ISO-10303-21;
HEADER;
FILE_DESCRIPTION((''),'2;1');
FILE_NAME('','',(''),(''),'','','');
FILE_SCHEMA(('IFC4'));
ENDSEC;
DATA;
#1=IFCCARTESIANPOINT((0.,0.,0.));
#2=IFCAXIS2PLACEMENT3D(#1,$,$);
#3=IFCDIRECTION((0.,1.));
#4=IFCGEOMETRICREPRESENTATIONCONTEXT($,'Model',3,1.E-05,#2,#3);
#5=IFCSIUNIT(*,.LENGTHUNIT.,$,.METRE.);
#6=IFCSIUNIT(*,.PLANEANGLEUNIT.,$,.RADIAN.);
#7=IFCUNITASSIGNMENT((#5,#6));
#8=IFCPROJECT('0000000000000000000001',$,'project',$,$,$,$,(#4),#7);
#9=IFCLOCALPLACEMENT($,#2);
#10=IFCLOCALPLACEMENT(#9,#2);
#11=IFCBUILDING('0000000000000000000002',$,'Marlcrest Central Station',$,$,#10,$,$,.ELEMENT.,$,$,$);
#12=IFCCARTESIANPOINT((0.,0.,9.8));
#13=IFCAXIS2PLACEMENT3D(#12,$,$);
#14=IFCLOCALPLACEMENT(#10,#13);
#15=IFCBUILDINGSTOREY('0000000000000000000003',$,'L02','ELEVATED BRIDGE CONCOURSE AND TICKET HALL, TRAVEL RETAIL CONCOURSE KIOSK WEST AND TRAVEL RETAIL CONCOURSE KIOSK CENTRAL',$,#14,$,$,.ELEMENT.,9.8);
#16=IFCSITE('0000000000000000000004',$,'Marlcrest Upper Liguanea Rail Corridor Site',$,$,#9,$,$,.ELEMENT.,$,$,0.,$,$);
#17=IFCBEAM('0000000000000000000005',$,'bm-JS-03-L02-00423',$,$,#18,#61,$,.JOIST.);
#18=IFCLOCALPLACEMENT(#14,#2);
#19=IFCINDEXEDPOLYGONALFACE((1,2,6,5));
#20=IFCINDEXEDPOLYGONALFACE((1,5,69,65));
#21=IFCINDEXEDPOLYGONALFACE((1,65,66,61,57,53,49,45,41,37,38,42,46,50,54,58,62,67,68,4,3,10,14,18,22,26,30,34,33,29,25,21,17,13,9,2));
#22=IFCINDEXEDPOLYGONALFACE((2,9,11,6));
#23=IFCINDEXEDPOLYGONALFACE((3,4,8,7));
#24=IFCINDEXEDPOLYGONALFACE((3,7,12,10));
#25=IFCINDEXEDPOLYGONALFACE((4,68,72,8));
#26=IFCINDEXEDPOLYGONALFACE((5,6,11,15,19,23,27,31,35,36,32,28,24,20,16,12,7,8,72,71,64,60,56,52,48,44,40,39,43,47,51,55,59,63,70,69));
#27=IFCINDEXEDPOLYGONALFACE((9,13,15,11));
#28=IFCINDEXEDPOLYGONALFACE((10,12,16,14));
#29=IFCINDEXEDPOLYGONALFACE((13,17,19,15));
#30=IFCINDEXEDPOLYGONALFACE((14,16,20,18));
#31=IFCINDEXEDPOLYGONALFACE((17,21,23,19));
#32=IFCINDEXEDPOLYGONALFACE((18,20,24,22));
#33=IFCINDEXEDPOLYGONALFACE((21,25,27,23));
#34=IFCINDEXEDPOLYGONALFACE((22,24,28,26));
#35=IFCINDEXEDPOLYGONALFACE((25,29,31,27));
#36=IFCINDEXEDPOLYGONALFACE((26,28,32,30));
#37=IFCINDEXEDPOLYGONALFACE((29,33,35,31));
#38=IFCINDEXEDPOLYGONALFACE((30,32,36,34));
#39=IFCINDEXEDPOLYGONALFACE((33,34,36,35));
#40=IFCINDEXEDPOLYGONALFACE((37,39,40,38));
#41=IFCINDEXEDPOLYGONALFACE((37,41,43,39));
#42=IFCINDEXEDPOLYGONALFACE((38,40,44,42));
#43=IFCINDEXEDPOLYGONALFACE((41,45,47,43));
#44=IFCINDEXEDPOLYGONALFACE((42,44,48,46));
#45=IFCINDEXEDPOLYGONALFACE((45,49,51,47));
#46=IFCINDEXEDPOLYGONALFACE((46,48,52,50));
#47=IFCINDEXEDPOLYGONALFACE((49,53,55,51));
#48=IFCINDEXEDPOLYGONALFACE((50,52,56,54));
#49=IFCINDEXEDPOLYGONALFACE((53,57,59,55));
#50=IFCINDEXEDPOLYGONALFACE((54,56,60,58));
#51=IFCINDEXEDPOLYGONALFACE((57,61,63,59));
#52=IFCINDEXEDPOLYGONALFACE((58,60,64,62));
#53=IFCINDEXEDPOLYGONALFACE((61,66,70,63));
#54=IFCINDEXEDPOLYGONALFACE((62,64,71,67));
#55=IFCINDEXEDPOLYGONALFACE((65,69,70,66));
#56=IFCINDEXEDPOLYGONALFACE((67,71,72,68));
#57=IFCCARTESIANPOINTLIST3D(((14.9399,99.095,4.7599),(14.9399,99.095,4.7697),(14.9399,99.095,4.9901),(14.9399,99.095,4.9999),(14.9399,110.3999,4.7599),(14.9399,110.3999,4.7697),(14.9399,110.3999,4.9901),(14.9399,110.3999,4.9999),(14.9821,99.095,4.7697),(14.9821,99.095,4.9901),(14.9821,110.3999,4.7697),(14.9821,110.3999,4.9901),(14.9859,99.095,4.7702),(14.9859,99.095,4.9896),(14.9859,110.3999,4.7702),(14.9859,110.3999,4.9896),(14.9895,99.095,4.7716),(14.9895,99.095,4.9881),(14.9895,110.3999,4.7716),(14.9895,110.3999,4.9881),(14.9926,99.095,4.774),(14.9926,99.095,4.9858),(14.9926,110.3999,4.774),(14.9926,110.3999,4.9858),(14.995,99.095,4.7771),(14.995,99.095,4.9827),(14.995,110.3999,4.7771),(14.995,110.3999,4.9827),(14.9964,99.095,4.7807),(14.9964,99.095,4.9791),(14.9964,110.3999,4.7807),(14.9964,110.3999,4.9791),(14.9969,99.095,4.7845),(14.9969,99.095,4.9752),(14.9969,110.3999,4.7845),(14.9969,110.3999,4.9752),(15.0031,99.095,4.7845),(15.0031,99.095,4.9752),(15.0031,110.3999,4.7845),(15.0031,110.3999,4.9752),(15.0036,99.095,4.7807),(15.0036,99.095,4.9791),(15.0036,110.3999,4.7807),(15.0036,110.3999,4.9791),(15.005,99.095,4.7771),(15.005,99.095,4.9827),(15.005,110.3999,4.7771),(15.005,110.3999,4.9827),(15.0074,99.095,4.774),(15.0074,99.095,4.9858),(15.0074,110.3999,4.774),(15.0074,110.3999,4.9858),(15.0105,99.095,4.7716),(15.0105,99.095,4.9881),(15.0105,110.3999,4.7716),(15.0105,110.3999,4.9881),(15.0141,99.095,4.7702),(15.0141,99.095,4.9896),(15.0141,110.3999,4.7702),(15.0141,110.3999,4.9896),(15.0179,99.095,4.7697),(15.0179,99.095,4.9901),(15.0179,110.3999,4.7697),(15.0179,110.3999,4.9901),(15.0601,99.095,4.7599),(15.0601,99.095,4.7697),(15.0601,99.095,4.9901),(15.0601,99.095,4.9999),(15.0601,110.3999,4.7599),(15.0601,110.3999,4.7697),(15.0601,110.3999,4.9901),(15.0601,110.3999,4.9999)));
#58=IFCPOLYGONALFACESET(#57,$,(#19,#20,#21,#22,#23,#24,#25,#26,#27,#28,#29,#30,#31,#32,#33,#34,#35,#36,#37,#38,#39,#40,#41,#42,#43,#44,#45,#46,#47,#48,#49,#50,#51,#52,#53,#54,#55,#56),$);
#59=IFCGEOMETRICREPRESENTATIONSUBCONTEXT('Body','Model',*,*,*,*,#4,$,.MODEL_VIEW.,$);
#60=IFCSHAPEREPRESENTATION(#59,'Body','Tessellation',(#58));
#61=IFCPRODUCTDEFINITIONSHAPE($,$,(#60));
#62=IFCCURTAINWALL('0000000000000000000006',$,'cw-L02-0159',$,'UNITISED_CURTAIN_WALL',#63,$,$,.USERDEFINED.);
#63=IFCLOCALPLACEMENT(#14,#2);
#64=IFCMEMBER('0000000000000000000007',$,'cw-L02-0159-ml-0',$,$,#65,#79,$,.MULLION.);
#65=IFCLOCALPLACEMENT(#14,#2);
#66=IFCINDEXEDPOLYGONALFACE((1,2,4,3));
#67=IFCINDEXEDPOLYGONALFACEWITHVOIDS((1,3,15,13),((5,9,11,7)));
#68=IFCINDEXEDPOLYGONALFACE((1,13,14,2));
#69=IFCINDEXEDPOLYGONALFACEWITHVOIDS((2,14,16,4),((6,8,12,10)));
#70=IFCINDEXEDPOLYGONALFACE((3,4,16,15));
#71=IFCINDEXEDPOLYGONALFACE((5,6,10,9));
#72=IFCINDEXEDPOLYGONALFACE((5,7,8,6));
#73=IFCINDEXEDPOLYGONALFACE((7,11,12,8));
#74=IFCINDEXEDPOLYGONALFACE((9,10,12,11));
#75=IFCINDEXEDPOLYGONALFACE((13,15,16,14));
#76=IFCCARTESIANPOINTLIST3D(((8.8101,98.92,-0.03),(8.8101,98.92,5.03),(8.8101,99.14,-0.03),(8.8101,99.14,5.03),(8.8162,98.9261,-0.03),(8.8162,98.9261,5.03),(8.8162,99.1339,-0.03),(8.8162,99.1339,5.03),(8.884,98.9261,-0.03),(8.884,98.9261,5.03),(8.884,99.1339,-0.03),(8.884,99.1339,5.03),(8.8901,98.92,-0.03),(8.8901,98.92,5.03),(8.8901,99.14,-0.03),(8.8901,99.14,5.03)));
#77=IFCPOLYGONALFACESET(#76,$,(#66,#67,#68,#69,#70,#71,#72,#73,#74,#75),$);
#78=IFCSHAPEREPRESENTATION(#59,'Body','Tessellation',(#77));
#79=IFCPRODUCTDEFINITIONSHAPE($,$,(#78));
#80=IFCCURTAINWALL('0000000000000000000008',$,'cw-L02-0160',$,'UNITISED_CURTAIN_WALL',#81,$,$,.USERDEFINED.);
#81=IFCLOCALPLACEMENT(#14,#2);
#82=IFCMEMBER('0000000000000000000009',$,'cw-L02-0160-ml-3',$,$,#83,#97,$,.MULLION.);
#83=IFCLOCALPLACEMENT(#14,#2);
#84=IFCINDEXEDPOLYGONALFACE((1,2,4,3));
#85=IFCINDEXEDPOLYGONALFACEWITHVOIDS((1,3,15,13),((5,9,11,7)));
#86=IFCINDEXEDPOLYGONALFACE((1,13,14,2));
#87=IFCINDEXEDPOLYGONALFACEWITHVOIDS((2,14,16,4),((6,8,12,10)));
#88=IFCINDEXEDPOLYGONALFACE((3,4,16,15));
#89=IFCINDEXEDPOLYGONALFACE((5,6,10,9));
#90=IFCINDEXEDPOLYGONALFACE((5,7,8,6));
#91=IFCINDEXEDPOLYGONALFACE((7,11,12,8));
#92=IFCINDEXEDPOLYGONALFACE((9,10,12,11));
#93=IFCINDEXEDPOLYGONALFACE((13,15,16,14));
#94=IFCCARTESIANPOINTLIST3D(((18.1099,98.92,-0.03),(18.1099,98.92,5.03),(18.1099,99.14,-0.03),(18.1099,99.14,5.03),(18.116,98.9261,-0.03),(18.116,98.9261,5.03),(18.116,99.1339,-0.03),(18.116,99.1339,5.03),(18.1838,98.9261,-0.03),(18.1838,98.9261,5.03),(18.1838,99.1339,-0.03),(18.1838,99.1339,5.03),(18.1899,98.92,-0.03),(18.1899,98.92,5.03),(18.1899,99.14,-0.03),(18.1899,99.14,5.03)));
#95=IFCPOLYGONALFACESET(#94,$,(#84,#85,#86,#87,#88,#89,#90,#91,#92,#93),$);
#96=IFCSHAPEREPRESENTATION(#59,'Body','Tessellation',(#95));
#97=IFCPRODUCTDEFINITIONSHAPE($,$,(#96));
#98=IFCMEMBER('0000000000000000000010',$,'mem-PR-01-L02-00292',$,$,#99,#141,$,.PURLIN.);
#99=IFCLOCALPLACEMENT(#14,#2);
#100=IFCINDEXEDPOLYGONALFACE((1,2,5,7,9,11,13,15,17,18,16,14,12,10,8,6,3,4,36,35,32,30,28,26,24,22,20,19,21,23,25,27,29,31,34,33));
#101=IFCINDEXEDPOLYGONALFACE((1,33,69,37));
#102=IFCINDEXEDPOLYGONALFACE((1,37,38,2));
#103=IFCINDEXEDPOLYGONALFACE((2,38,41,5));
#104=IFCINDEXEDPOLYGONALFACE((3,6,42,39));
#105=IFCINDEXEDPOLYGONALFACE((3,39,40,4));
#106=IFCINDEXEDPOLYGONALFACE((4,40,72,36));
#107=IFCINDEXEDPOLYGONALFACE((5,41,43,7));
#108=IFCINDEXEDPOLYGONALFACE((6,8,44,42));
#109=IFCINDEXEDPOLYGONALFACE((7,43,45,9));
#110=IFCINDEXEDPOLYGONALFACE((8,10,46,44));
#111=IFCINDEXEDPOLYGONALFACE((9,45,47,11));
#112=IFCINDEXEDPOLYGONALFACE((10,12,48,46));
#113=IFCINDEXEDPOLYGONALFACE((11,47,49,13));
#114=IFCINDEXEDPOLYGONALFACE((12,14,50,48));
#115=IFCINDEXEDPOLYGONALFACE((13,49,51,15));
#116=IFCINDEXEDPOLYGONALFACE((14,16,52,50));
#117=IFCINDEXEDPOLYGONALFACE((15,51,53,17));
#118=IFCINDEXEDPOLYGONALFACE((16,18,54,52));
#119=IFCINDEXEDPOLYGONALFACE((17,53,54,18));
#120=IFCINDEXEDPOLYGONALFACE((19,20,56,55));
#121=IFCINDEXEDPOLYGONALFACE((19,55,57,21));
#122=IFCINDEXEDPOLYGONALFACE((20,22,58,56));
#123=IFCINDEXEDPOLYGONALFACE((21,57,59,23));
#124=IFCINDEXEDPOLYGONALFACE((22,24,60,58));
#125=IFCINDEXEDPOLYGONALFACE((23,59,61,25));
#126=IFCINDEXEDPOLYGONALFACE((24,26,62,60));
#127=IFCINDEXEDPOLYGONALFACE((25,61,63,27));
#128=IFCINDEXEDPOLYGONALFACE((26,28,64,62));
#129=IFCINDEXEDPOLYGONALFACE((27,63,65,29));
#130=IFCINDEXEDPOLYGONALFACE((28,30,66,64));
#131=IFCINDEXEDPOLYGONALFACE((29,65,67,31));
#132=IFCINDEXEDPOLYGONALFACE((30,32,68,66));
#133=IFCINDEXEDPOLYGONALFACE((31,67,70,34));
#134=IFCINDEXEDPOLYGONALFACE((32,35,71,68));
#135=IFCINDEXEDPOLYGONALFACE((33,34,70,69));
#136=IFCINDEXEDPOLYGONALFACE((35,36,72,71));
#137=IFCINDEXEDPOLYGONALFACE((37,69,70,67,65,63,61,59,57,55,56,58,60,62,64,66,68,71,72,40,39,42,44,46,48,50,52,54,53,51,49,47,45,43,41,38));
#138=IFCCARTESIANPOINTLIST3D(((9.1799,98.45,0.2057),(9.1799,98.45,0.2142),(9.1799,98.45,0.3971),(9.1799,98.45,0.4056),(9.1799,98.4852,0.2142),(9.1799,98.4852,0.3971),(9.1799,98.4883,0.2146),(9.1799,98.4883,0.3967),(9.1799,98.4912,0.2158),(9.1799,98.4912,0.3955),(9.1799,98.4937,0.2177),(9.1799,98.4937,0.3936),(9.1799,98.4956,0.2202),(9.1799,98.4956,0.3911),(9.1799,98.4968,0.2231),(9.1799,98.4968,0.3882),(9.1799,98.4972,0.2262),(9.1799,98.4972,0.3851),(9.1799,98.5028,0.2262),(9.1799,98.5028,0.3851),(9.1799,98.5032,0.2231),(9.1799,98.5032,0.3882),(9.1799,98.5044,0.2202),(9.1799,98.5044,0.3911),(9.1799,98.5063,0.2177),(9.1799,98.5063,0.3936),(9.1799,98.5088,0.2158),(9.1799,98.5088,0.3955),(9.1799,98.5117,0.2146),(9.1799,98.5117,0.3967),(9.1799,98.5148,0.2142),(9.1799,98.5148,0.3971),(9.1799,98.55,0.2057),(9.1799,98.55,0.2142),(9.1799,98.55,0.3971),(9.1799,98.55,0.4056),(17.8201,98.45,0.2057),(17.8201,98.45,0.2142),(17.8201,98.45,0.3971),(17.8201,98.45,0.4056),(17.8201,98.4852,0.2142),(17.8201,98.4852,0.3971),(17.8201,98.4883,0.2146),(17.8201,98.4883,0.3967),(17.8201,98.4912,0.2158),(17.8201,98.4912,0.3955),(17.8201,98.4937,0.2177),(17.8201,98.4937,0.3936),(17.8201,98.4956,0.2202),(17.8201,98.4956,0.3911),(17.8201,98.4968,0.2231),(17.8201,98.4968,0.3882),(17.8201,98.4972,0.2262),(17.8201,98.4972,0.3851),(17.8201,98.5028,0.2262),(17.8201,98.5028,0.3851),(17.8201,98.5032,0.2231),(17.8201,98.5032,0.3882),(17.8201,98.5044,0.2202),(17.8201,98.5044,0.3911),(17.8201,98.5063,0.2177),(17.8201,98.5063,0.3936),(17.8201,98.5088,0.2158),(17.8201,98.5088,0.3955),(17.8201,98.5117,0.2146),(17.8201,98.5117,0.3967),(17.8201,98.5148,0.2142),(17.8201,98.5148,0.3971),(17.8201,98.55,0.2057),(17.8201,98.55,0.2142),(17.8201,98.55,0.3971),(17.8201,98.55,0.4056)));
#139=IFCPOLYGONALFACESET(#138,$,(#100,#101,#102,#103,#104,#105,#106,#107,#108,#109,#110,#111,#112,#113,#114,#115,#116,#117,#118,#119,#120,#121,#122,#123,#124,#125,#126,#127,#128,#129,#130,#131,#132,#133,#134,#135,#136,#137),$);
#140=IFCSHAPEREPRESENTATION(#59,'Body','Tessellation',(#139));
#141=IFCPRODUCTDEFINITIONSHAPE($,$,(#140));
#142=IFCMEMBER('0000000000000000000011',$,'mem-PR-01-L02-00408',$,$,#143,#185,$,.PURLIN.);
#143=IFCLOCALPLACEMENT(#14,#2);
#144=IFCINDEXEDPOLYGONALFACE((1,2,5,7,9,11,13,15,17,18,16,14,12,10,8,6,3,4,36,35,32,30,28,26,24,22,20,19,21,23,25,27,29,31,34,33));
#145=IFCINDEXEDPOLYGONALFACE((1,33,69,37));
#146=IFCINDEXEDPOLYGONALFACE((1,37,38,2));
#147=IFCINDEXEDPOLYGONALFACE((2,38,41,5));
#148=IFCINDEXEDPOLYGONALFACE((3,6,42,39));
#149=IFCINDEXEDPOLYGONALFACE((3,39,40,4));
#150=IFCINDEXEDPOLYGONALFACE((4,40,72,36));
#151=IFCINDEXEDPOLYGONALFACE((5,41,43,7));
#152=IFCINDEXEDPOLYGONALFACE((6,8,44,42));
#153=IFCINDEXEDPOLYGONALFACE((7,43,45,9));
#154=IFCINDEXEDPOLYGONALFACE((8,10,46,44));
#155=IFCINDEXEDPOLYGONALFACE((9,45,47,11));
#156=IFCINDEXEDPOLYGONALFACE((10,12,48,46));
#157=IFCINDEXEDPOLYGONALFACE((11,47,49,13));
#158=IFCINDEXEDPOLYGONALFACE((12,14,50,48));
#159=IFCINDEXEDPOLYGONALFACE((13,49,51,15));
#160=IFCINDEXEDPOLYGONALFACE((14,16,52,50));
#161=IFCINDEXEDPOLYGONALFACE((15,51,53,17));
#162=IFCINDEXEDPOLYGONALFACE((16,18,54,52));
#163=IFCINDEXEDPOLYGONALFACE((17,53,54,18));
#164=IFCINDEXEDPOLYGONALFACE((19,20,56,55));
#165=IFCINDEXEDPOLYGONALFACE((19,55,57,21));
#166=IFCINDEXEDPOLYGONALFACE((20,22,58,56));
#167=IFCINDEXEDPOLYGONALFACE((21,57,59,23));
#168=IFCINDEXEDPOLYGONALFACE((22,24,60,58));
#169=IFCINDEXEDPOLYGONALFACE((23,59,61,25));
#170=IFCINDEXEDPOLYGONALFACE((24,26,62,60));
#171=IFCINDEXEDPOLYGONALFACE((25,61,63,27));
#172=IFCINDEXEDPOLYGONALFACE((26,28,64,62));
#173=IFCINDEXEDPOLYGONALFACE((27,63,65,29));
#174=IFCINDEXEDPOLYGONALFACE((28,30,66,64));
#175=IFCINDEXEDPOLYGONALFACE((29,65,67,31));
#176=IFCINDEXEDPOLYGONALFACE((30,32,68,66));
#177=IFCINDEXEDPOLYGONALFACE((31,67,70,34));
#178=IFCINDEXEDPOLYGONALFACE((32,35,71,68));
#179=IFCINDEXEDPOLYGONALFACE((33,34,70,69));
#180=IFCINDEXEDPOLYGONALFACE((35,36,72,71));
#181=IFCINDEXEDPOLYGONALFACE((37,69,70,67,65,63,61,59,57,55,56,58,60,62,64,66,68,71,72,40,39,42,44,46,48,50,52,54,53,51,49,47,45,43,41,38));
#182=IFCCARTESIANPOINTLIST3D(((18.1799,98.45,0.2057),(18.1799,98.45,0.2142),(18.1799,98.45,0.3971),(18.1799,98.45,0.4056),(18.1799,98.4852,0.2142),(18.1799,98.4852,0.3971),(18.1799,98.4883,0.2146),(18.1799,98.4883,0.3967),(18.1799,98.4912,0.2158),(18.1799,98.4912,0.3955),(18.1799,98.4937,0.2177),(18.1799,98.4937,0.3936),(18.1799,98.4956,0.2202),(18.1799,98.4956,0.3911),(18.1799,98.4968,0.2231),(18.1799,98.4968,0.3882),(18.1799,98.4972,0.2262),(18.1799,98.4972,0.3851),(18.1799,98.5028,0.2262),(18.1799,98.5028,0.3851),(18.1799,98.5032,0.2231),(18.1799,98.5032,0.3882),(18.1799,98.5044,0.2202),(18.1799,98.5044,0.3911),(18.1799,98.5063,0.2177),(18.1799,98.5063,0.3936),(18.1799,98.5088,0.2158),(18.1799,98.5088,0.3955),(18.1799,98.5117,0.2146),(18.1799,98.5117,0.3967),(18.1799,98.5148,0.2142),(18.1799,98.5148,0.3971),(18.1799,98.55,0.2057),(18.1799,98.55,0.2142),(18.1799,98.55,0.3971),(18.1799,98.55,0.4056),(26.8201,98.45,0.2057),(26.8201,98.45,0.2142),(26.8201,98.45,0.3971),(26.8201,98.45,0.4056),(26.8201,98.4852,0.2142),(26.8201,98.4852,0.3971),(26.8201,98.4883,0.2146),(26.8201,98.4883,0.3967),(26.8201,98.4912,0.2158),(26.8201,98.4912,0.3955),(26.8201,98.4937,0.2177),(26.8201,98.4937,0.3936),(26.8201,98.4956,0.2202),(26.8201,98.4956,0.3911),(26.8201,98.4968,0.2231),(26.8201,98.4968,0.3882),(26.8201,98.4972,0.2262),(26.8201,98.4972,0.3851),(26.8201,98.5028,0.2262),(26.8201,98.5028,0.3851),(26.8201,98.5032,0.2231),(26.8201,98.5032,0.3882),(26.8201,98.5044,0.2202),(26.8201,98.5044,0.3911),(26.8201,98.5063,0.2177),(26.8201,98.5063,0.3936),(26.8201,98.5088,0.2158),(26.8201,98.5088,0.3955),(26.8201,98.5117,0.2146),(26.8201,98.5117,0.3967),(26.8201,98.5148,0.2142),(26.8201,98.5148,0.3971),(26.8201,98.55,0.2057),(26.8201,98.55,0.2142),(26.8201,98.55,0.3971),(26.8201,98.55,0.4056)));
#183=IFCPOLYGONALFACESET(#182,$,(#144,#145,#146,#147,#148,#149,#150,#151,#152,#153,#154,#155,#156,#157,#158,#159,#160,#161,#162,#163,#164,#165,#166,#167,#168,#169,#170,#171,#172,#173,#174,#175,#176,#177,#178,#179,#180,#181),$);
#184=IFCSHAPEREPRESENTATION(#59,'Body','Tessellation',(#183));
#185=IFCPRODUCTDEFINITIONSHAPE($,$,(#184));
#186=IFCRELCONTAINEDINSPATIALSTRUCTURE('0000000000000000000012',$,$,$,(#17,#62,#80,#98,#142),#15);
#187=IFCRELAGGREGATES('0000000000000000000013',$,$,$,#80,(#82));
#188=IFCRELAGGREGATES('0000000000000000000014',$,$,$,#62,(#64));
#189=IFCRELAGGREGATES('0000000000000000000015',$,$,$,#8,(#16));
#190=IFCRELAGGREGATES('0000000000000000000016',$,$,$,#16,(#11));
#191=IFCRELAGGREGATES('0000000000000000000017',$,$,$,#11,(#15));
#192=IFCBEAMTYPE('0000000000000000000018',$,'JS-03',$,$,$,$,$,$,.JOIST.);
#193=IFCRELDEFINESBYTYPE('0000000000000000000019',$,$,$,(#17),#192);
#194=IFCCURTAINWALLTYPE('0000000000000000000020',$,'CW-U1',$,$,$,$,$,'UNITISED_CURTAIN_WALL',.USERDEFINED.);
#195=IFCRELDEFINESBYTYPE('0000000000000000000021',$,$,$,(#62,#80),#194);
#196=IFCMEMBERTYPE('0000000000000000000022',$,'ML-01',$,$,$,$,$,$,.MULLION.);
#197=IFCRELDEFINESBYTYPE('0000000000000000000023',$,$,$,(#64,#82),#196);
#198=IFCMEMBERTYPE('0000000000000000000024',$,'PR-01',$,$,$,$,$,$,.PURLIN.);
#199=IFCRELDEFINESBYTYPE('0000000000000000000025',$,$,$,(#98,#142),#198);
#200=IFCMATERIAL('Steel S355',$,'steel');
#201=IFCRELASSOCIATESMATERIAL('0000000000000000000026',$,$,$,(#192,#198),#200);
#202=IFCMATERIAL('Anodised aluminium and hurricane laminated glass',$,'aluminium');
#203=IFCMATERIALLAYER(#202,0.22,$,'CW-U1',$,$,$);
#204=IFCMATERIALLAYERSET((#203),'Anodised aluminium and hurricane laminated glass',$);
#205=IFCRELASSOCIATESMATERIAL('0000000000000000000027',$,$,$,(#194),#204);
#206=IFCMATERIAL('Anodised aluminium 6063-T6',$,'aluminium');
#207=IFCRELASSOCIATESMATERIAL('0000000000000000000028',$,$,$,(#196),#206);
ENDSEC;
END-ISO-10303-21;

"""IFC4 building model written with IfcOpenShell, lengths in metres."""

from ifc_helpers import new_model, si_unit, direction, frame, origin, origin_2d, place, context, subcontext, project, spatial, hollow_rectangle, i_section, extrude, material, layer, layer_set, material_profile, profile_set, type_object, element, aggregate, save


model = new_model("IFC4")

# Units and contexts
model_context = context("Model", 3, precision=1e-05, world=origin(), true_north=direction((0.0, 1.0)))
body_context = subcontext(model_context, "Body", "Model", "MODEL_VIEW")
ifc_project = project(units=[si_unit("LENGTHUNIT", "METRE"), si_unit("PLANEANGLEUNIT", "RADIAN")], contexts=[model_context])

# Site, building, storey
site_placement = place(None, origin())
site = spatial("IfcSite", under=ifc_project, at=site_placement, Name="Marlcrest Upper Liguanea Rail Corridor Site", CompositionType="ELEMENT", RefElevation=0.0)
building_placement = place(site_placement, origin())
building = spatial("IfcBuilding", under=site, at=building_placement, Name="Marlcrest Central Station", CompositionType="ELEMENT")
storey_placement = place(building_placement, frame((0.0, 0.0, 9.8)))
storey = spatial("IfcBuildingStorey", under=building, at=storey_placement, Name="L02", Description="ELEVATED BRIDGE CONCOURSE AND TICKET HALL, TRAVEL RETAIL CONCOURSE KIOSK WEST AND TRAVEL RETAIL CONCOURSE KIOSK CENTRAL", CompositionType="ELEMENT", Elevation=9.8)

# Shared definitions
ifc_material_1 = material(Name="Steel S355", Category="steel")

# Beam
ifc_material_profile_1 = material_profile(ifc_material_1, i_section(OverallWidth=0.1201, OverallDepth=0.24, WebThickness=0.0061, FlangeThickness=0.0098, FilletRadius=0.0149, at=origin_2d()), Name="IPE 240")
ifc_profile_set_1 = profile_set([ifc_material_profile_1], Name="Steel S355")
beam_type_1 = type_object("IfcBeamType", Name="JS-03", PredefinedType="JOIST", material=ifc_profile_set_1)
for number, where, z_axis, x_axis, name in (
    (1, (15.0, 99.095, 4.8799), (0.0, 1.0, 0.0), (-1.0, 0.0, 0.0), "bm-JS-03-L02-00423"),
):
    element("IfcBeam", number, at=place(storey_placement, frame(where, z_axis=z_axis, x_axis=x_axis)), inside=storey, type_object=beam_type_1, Name=name, PredefinedType="JOIST", context=body_context, shape_type="SweptSolid", body=[
        extrude(i_section(OverallWidth=0.1201, OverallDepth=0.24, WebThickness=0.0061, FlangeThickness=0.0098, FilletRadius=0.0149, at=origin_2d()), origin(), (0.0, 0.0, 1.0), 11.3049),
    ])

# Curtain walls, members
ifc_material_2 = material(Name="Anodised aluminium and hurricane laminated glass", Category="aluminium")
ifc_layer_1 = layer(ifc_material_2, 0.22, Name="CW-U1")
ifc_layer_set_1 = layer_set([ifc_layer_1], Name="Anodised aluminium and hurricane laminated glass")
curtain_wall_type = type_object("IfcCurtainWallType", Name="CW-U1", ElementType="UNITISED_CURTAIN_WALL", PredefinedType="USERDEFINED", material=ifc_layer_set_1)
curtain_wall_1_placement = place(storey_placement, origin())
curtain_wall_1 = element("IfcCurtainWall", 2, at=curtain_wall_1_placement, inside=storey, type_object=curtain_wall_type, Name="cw-L02-0159", ObjectType="UNITISED_CURTAIN_WALL", PredefinedType="USERDEFINED")
ifc_material_3 = material(Name="Anodised aluminium 6063-T6", Category="aluminium")
ifc_material_profile_2 = material_profile(ifc_material_3, hollow_rectangle(XDim=0.0801, YDim=0.22, WallThickness=0.0061, at=origin_2d()), Name="AA-RHS 220x80x6")
ifc_profile_set_2 = profile_set([ifc_material_profile_2], Name="Anodised aluminium 6063-T6")
member_type_1 = type_object("IfcMemberType", Name="ML-01", PredefinedType="MULLION", material=ifc_profile_set_2)
member_1_placement = place(storey_placement, frame((8.8501, 99.03, -0.03), z_axis=(0.0, 0.0, 1.0), x_axis=(1.0, 0.0, 0.0)))
member_1 = element("IfcMember", 3, at=member_1_placement, type_object=member_type_1, Name="cw-L02-0159-ml-0", PredefinedType="MULLION", context=body_context, shape_type="SweptSolid", body=[
    extrude(hollow_rectangle(XDim=0.0801, YDim=0.22, WallThickness=0.0061, at=origin_2d()), origin(), (0.0, 0.0, 1.0), 5.0601),
])
curtain_wall_2_placement = place(storey_placement, origin())
curtain_wall_2 = element("IfcCurtainWall", 4, at=curtain_wall_2_placement, inside=storey, type_object=curtain_wall_type, Name="cw-L02-0160", ObjectType="UNITISED_CURTAIN_WALL", PredefinedType="USERDEFINED")
member_2_placement = place(storey_placement, frame((18.1499, 99.03, -0.03), z_axis=(0.0, 0.0, 1.0), x_axis=(1.0, 0.0, 0.0)))
member_2 = element("IfcMember", 5, at=member_2_placement, type_object=member_type_1, Name="cw-L02-0160-ml-3", PredefinedType="MULLION", context=body_context, shape_type="SweptSolid", body=[
    extrude(hollow_rectangle(XDim=0.0801, YDim=0.22, WallThickness=0.0061, at=origin_2d()), origin(), (0.0, 0.0, 1.0), 5.0601),
])
aggregate(curtain_wall_2, [member_2])

# Members
ifc_material_profile_3 = material_profile(ifc_material_1, i_section(OverallWidth=0.1001, OverallDepth=0.2, WebThickness=0.0056, FlangeThickness=0.0085, FilletRadius=0.012, at=origin_2d()), Name="IPE 200")
ifc_profile_set_3 = profile_set([ifc_material_profile_3], Name="Steel S355")
member_type_2 = type_object("IfcMemberType", Name="PR-01", PredefinedType="PURLIN", material=ifc_profile_set_3)
for number, where, z_axis, x_axis, name in (
    (6, (9.1799, 98.5, 0.3057), (1.0, 0.0, 0.0), (0.0, 1.0, 0.0), "mem-PR-01-L02-00292"),
    (7, (18.1799, 98.5, 0.3057), (1.0, 0.0, 0.0), (0.0, 1.0, 0.0), "mem-PR-01-L02-00408"),
):
    element("IfcMember", number, at=place(storey_placement, frame(where, z_axis=z_axis, x_axis=x_axis)), inside=storey, type_object=member_type_2, Name=name, PredefinedType="PURLIN", context=body_context, shape_type="SweptSolid", body=[
        extrude(i_section(OverallWidth=0.1001, OverallDepth=0.2, WebThickness=0.0056, FlangeThickness=0.0085, FilletRadius=0.012, at=origin_2d()), origin(), (0.0, 0.0, 1.0), 8.6401),
    ])

aggregate(curtain_wall_1, [member_1])

save(model, "model.ifc")
